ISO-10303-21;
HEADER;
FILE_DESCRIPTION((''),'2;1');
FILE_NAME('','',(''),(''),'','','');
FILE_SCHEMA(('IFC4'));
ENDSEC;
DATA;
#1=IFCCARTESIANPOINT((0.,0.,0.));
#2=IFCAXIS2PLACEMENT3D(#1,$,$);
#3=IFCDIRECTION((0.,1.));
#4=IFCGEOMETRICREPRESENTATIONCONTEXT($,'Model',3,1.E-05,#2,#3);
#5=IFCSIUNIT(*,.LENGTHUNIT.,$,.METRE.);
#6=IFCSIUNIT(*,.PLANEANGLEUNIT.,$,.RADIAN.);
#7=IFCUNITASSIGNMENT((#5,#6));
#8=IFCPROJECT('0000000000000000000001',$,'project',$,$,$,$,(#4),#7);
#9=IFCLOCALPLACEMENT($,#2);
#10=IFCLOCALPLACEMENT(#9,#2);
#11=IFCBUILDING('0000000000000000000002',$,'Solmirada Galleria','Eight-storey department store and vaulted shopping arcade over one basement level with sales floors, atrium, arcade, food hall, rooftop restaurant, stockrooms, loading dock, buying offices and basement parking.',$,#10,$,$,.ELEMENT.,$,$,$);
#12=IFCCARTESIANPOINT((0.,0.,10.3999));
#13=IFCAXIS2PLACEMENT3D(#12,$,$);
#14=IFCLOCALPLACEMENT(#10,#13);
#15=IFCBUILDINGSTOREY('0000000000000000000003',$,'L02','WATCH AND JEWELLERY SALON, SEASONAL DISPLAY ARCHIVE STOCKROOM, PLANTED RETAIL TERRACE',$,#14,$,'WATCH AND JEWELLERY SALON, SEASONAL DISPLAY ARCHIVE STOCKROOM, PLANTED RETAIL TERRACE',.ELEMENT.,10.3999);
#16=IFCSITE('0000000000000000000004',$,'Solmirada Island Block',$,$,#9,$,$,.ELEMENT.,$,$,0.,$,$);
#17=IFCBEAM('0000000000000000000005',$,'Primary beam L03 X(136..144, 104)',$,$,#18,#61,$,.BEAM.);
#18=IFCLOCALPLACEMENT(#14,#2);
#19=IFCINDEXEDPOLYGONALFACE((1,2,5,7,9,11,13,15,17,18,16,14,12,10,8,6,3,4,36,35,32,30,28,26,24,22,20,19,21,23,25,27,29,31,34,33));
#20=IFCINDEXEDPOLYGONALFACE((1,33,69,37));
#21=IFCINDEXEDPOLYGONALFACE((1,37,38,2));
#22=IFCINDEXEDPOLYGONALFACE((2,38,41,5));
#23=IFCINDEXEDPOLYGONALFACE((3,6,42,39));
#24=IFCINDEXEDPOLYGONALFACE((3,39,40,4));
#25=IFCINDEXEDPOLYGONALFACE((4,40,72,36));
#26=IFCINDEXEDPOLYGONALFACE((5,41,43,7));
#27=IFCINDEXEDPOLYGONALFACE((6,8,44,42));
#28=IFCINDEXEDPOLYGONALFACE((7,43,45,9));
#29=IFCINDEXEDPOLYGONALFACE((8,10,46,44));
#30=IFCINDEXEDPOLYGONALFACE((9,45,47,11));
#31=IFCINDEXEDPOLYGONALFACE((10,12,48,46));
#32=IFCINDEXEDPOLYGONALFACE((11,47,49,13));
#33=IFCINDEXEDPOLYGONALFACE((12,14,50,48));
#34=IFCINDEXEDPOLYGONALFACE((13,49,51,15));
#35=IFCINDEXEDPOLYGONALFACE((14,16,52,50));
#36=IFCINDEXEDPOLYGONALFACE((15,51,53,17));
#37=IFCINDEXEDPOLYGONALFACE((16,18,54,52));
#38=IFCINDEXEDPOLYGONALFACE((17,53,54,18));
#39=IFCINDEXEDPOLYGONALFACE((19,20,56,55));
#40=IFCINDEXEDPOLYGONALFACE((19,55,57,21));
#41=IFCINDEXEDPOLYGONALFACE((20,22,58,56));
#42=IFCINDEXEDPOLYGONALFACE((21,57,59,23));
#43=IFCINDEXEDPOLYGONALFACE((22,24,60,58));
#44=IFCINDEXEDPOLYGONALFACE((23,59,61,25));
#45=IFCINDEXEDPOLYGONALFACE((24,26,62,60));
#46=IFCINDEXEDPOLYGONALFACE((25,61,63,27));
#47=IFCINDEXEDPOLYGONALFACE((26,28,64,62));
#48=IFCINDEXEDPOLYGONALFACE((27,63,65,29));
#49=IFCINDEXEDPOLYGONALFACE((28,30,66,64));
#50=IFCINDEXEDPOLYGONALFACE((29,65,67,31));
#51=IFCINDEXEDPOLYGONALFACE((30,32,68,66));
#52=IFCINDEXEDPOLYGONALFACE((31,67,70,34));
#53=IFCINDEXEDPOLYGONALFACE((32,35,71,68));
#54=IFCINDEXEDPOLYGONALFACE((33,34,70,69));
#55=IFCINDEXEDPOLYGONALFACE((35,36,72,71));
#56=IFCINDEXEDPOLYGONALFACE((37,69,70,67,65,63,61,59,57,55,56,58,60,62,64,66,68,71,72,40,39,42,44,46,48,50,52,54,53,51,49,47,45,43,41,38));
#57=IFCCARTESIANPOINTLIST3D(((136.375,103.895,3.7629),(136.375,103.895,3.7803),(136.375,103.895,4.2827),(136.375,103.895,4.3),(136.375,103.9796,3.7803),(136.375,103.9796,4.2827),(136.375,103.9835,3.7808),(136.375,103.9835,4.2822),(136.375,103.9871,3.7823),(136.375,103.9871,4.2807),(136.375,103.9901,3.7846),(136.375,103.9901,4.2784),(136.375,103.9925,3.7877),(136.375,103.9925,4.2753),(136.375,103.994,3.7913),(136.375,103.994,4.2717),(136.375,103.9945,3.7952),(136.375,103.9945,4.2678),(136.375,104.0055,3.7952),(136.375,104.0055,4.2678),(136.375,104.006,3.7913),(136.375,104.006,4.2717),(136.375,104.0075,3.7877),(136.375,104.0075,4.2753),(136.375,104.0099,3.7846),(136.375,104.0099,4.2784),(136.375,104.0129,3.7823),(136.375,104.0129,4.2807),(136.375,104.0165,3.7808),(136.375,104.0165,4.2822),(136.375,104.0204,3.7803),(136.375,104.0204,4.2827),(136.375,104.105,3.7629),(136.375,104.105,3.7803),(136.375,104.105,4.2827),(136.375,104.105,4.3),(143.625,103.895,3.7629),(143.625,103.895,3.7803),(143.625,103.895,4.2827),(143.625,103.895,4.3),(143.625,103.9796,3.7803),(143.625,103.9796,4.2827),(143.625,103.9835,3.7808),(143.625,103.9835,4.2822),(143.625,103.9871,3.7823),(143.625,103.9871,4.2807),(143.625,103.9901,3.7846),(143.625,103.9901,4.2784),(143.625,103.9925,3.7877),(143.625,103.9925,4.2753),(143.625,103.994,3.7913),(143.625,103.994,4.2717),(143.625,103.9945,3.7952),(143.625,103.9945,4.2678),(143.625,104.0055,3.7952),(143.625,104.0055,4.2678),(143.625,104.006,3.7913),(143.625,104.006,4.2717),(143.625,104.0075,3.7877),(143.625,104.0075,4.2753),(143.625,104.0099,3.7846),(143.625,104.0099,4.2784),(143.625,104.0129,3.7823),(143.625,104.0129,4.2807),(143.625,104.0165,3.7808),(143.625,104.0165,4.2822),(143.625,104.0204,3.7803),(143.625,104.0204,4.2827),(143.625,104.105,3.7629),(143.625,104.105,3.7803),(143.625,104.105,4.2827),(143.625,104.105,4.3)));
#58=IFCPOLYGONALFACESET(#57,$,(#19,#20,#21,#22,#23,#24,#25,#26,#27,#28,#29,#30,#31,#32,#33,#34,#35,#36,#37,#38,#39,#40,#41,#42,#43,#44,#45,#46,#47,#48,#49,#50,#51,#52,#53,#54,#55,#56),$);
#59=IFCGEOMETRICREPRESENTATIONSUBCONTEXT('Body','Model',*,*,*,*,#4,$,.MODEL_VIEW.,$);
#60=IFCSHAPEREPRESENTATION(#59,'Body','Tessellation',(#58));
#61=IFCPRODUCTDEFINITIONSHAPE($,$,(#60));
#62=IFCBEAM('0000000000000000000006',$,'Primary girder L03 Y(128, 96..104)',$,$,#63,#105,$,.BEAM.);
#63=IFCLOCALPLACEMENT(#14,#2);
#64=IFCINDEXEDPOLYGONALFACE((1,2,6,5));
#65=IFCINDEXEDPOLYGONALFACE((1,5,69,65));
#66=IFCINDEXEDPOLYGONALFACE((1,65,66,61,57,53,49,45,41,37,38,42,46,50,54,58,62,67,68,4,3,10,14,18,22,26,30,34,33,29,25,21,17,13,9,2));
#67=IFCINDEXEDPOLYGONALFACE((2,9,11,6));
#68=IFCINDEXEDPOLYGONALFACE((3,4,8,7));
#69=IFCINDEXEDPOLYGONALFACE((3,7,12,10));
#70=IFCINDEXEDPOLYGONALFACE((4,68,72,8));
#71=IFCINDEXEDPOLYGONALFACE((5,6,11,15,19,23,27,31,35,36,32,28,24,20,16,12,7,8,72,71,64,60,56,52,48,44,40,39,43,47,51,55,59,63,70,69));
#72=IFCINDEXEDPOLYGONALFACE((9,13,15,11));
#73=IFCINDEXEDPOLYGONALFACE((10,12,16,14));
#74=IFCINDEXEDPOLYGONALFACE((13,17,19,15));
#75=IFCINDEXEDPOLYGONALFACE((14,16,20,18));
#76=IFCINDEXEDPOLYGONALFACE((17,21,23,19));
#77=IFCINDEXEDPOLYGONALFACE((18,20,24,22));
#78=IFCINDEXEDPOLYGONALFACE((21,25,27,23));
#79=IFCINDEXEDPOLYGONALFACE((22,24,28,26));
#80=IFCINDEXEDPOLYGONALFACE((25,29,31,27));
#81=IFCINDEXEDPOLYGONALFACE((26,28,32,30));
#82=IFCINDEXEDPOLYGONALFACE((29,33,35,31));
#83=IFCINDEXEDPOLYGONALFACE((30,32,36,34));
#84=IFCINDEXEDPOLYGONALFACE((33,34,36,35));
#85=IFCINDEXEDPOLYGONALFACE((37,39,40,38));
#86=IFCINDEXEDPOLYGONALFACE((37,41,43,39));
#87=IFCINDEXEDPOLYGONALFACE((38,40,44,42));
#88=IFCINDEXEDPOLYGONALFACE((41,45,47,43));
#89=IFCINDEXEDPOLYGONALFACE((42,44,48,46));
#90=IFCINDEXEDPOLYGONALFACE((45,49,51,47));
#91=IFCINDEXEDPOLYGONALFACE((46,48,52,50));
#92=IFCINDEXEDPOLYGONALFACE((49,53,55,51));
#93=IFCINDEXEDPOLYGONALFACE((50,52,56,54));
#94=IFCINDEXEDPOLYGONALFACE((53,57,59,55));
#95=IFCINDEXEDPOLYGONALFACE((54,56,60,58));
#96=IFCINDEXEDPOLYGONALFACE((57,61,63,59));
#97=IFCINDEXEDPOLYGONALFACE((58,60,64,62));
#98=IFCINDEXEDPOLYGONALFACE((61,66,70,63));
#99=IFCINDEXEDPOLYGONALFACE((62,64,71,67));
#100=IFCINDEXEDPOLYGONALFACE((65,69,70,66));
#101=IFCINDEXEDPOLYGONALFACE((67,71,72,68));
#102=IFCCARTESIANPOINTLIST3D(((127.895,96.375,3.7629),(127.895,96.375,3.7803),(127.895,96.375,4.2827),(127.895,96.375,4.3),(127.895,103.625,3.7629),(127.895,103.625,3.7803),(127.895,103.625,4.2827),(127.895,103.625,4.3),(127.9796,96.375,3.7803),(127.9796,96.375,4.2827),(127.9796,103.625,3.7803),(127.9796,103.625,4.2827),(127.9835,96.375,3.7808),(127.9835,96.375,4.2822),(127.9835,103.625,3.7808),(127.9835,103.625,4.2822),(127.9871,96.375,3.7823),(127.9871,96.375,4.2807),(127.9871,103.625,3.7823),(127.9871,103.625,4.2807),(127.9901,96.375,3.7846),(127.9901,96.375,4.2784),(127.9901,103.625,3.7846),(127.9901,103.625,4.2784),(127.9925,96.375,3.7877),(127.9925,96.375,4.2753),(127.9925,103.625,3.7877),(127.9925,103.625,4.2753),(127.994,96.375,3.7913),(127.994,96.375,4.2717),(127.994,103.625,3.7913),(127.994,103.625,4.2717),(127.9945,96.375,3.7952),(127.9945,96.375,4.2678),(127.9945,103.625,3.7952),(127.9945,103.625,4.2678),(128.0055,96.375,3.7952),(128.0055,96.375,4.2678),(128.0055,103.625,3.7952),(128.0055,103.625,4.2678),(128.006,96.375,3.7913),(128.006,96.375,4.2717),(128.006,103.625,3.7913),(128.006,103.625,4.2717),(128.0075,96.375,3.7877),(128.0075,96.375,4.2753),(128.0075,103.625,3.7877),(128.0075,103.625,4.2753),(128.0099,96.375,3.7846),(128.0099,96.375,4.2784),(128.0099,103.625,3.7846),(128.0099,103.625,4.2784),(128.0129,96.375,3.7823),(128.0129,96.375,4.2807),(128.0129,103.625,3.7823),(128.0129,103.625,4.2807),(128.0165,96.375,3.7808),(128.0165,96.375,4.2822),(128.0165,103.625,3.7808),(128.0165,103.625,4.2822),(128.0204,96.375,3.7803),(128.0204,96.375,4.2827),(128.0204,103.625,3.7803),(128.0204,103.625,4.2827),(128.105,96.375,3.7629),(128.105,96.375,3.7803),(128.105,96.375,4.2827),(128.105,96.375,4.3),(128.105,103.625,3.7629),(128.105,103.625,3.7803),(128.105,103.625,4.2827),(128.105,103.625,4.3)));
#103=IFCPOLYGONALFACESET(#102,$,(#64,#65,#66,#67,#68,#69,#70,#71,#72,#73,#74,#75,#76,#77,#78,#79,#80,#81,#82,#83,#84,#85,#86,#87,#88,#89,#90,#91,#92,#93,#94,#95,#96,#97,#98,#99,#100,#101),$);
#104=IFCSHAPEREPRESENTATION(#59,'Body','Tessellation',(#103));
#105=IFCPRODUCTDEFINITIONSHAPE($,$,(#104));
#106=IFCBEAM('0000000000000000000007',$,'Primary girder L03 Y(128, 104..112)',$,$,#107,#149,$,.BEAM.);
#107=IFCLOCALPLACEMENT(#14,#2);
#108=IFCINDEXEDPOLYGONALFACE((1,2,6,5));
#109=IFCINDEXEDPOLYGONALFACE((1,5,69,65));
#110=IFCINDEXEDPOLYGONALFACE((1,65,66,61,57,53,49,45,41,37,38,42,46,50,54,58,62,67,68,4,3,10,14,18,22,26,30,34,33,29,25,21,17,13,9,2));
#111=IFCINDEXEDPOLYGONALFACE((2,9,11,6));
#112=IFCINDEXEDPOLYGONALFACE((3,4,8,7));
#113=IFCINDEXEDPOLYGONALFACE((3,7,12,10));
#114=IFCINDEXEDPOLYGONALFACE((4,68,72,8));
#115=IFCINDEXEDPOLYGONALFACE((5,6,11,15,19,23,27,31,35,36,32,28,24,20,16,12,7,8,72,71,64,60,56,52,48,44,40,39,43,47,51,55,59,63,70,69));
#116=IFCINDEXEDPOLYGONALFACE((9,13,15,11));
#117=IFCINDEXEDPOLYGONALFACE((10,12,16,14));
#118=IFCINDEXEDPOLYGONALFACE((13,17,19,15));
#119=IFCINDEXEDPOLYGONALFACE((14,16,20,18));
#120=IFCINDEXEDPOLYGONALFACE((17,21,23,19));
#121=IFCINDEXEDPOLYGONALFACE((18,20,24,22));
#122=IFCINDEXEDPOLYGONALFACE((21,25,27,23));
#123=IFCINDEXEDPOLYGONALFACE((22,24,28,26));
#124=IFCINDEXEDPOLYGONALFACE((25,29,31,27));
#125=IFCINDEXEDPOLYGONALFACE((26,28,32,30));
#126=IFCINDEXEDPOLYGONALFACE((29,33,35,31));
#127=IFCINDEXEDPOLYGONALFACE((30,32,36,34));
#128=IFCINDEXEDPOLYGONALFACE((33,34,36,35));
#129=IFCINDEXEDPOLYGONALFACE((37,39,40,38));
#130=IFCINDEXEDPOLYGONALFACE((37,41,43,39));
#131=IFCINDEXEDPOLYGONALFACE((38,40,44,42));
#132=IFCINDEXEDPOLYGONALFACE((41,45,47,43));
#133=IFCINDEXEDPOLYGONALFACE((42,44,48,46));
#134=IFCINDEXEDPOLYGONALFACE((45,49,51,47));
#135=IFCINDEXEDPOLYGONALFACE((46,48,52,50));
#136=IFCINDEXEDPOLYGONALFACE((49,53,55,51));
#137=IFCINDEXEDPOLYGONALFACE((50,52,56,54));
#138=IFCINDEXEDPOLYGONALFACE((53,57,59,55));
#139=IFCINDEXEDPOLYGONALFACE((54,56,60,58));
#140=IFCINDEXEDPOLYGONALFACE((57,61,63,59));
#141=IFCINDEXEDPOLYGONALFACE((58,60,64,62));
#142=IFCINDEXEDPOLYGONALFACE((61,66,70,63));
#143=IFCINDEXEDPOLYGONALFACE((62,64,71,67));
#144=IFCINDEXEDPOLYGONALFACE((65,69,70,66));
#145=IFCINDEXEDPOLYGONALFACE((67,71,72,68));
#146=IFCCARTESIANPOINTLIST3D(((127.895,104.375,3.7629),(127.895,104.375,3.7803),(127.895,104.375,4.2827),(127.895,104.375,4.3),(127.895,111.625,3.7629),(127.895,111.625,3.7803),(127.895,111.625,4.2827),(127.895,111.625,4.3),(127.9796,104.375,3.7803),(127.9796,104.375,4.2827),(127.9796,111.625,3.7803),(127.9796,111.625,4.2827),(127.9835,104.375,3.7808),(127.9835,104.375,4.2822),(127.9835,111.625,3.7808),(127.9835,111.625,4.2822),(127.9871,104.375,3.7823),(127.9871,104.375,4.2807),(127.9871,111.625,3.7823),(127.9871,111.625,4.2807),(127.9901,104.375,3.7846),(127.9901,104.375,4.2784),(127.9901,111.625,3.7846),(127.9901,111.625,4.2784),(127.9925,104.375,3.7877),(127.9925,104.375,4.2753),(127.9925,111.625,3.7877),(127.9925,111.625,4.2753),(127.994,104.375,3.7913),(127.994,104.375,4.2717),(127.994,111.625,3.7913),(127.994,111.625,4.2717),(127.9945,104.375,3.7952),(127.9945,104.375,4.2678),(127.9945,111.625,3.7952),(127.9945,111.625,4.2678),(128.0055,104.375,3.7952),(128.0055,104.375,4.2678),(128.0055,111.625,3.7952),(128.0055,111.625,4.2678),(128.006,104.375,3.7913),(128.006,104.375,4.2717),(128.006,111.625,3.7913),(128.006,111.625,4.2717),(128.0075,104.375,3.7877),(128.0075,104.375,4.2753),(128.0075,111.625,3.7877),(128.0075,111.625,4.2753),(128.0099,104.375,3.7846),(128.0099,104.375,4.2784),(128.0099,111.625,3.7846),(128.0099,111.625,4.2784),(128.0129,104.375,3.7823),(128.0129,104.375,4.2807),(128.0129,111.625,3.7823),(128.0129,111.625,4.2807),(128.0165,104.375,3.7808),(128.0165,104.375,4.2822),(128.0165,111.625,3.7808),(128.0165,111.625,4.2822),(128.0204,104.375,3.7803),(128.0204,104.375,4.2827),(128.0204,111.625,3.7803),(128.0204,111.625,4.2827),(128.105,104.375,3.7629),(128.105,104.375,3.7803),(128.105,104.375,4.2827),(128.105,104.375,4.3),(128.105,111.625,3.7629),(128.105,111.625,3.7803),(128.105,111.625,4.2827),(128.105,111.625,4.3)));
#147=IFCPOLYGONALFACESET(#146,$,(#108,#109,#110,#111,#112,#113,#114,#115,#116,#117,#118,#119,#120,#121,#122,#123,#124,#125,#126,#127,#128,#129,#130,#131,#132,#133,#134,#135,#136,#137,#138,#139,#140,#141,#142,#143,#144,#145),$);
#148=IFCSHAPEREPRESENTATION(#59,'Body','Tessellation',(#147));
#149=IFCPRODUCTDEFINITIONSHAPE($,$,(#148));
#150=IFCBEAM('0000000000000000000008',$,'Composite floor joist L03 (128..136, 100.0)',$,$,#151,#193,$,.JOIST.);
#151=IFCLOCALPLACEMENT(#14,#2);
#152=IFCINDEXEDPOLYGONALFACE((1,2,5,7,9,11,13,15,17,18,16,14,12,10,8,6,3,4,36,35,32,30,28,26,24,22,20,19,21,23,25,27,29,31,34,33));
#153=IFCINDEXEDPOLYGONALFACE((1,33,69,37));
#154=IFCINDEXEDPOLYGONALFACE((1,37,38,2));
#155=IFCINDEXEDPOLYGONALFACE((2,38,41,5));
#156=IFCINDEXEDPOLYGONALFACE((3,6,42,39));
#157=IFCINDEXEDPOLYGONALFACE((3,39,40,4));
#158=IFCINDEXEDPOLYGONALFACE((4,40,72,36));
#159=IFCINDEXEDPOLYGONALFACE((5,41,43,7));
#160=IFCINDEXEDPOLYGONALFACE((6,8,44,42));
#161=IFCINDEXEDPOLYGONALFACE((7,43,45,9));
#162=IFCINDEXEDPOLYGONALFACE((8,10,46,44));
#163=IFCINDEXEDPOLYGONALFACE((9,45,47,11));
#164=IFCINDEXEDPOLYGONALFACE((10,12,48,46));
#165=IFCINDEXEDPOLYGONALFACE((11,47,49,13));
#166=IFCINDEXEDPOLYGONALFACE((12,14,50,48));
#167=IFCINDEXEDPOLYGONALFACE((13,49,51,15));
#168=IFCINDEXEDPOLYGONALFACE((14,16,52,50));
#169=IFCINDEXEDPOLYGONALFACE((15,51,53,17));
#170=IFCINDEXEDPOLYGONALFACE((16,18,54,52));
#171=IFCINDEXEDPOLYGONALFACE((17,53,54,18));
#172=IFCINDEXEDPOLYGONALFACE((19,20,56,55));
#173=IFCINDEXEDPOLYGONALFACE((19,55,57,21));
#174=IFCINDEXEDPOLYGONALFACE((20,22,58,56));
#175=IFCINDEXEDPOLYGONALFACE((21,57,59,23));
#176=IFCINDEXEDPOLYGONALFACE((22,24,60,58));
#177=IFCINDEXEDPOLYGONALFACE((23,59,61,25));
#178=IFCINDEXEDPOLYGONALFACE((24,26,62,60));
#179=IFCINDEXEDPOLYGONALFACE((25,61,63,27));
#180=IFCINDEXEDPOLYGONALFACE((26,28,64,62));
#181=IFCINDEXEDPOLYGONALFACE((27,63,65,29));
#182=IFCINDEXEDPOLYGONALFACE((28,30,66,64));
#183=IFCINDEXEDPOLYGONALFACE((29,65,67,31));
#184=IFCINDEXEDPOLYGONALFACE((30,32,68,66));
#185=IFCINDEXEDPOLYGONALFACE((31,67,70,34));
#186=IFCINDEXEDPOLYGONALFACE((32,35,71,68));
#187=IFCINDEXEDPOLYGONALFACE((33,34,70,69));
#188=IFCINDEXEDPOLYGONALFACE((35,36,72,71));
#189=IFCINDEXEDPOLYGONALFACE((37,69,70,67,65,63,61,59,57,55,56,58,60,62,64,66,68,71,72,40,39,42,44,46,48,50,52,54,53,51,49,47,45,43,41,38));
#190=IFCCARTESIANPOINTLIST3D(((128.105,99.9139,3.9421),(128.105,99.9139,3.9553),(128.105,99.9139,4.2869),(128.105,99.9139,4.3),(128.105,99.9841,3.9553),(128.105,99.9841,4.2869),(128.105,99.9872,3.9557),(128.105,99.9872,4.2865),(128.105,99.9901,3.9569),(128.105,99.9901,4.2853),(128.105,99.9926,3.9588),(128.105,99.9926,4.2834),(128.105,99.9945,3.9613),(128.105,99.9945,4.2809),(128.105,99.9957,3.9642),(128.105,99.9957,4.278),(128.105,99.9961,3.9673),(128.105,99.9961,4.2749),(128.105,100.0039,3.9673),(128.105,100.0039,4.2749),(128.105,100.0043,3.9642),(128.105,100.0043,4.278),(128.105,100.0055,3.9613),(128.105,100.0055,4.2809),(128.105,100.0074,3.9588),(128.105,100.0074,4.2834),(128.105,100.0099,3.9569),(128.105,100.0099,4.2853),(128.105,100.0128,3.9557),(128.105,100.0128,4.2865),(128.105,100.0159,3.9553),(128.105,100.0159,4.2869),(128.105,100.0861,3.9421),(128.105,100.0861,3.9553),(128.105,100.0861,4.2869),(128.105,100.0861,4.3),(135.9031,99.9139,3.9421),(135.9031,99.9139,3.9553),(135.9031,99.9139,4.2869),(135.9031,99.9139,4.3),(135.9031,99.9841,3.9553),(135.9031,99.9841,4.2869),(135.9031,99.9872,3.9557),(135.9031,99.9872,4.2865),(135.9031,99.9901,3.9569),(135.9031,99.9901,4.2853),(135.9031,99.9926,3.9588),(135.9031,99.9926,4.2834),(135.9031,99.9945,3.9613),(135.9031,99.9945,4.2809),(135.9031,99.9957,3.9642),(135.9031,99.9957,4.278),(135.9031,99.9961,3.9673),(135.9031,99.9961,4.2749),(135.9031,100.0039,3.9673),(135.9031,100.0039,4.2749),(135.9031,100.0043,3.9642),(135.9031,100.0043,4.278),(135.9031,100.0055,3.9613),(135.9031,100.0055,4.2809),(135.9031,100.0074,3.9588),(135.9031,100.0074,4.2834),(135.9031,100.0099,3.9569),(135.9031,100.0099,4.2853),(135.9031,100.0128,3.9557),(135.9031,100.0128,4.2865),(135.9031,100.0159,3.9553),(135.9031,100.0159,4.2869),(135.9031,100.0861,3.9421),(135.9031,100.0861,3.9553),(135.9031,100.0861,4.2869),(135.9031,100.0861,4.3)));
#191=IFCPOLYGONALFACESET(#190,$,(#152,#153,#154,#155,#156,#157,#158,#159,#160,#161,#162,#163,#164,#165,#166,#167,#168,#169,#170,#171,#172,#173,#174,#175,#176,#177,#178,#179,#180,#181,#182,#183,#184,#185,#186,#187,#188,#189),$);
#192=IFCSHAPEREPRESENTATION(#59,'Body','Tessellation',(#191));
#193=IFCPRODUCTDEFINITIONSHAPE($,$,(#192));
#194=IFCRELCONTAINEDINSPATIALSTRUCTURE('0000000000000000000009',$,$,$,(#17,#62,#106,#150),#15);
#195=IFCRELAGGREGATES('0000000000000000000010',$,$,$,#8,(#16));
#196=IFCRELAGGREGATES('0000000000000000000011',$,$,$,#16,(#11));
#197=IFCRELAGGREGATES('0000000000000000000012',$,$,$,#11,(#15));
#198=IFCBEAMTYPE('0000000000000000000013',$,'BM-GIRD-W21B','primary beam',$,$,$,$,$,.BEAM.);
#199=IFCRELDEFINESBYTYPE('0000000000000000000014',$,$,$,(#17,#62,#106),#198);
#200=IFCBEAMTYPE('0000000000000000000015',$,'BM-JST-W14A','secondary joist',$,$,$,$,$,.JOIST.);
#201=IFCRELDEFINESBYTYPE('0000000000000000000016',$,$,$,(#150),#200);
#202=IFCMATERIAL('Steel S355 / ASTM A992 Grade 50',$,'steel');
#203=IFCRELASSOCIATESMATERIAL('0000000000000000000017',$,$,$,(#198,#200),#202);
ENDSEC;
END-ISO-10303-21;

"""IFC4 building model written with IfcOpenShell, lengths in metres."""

from ifc_helpers import new_model, si_unit, direction, frame, origin, origin_2d, place, context, subcontext, project, spatial, i_section, extrude, material, material_profile, profile_set, type_object, element, save


model = new_model("IFC4")

# Units and contexts
model_context = context("Model", 3, precision=1e-05, world=origin(), true_north=direction((0.0, 1.0)))
body_context = subcontext(model_context, "Body", "Model", "MODEL_VIEW")
ifc_project = project(units=[si_unit("LENGTHUNIT", "METRE"), si_unit("PLANEANGLEUNIT", "RADIAN")], contexts=[model_context])

# Site, building, storey
site_placement = place(None, origin())
site = spatial("IfcSite", under=ifc_project, at=site_placement, Name="Solmirada Island Block", CompositionType="ELEMENT", RefElevation=0.0)
building_placement = place(site_placement, origin())
building = spatial("IfcBuilding", under=site, at=building_placement, Name="Solmirada Galleria", Description="Eight-storey department store and vaulted shopping arcade over one basement level with sales floors, atrium, arcade, food hall, rooftop restaurant, stockrooms, loading dock, buying offices and basement parking.", CompositionType="ELEMENT")
storey_placement = place(building_placement, frame((0.0, 0.0, 10.3999)))
storey = spatial("IfcBuildingStorey", under=building, at=storey_placement, Name="L02", Description="WATCH AND JEWELLERY SALON, SEASONAL DISPLAY ARCHIVE STOCKROOM, PLANTED RETAIL TERRACE", LongName="WATCH AND JEWELLERY SALON, SEASONAL DISPLAY ARCHIVE STOCKROOM, PLANTED RETAIL TERRACE", CompositionType="ELEMENT", Elevation=10.3999)

# Beams
ifc_material_1 = material(Name="Steel S355 / ASTM A992 Grade 50", Category="steel")
ifc_material_profile_1 = material_profile(ifc_material_1, i_section(OverallWidth=0.21, OverallDepth=0.5371, WebThickness=0.011, FlangeThickness=0.0173, FilletRadius=0.0149, at=origin_2d()), Name="W21X68")
ifc_profile_set_1 = profile_set([ifc_material_profile_1], Name="Steel S355 / ASTM A992 Grade 50")
beam_type_1 = type_object("IfcBeamType", Name="BM-GIRD-W21B", Description="primary beam", PredefinedType="BEAM", material=ifc_profile_set_1)
for number, where, z_axis, x_axis, name in (
    (1, (136.375, 104.0, 4.0315), (1.0, 0.0, 0.0), (0.0, 1.0, 0.0), "Primary beam L03 X(136..144, 104)"),
    (2, (128.0, 96.375, 4.0315), (0.0, 1.0, 0.0), (-1.0, 0.0, 0.0), "Primary girder L03 Y(128, 96..104)"),
    (3, (128.0, 104.375, 4.0315), (0.0, 1.0, 0.0), (-1.0, 0.0, 0.0), "Primary girder L03 Y(128, 104..112)"),
):
    element("IfcBeam", number, at=place(storey_placement, frame(where, z_axis=z_axis, x_axis=x_axis)), inside=storey, type_object=beam_type_1, Name=name, PredefinedType="BEAM", context=body_context, shape_type="SweptSolid", body=[
        extrude(i_section(OverallWidth=0.21, OverallDepth=0.5371, WebThickness=0.011, FlangeThickness=0.0173, FilletRadius=0.0149, at=origin_2d()), origin(), (0.0, 0.0, 1.0), 7.25),
    ])
ifc_material_profile_2 = material_profile(ifc_material_1, i_section(OverallWidth=0.1721, OverallDepth=0.3579, WebThickness=0.0078, FlangeThickness=0.0132, FilletRadius=0.012, at=origin_2d()), Name="W14X38")
ifc_profile_set_2 = profile_set([ifc_material_profile_2], Name="Steel S355 / ASTM A992 Grade 50")
beam_type_2 = type_object("IfcBeamType", Name="BM-JST-W14A", Description="secondary joist", PredefinedType="JOIST", material=ifc_profile_set_2)
for number, where, z_axis, x_axis, name in (
    (4, (128.105, 100.0, 4.1211), (1.0, 0.0, 0.0), (0.0, 1.0, 0.0), "Composite floor joist L03 (128..136, 100.0)"),
):
    element("IfcBeam", number, at=place(storey_placement, frame(where, z_axis=z_axis, x_axis=x_axis)), inside=storey, type_object=beam_type_2, Name=name, PredefinedType="JOIST", context=body_context, shape_type="SweptSolid", body=[
        extrude(i_section(OverallWidth=0.1721, OverallDepth=0.3579, WebThickness=0.0078, FlangeThickness=0.0132, FilletRadius=0.012, at=origin_2d()), origin(), (0.0, 0.0, 1.0), 7.7981),
    ])

save(model, "model.ifc")
